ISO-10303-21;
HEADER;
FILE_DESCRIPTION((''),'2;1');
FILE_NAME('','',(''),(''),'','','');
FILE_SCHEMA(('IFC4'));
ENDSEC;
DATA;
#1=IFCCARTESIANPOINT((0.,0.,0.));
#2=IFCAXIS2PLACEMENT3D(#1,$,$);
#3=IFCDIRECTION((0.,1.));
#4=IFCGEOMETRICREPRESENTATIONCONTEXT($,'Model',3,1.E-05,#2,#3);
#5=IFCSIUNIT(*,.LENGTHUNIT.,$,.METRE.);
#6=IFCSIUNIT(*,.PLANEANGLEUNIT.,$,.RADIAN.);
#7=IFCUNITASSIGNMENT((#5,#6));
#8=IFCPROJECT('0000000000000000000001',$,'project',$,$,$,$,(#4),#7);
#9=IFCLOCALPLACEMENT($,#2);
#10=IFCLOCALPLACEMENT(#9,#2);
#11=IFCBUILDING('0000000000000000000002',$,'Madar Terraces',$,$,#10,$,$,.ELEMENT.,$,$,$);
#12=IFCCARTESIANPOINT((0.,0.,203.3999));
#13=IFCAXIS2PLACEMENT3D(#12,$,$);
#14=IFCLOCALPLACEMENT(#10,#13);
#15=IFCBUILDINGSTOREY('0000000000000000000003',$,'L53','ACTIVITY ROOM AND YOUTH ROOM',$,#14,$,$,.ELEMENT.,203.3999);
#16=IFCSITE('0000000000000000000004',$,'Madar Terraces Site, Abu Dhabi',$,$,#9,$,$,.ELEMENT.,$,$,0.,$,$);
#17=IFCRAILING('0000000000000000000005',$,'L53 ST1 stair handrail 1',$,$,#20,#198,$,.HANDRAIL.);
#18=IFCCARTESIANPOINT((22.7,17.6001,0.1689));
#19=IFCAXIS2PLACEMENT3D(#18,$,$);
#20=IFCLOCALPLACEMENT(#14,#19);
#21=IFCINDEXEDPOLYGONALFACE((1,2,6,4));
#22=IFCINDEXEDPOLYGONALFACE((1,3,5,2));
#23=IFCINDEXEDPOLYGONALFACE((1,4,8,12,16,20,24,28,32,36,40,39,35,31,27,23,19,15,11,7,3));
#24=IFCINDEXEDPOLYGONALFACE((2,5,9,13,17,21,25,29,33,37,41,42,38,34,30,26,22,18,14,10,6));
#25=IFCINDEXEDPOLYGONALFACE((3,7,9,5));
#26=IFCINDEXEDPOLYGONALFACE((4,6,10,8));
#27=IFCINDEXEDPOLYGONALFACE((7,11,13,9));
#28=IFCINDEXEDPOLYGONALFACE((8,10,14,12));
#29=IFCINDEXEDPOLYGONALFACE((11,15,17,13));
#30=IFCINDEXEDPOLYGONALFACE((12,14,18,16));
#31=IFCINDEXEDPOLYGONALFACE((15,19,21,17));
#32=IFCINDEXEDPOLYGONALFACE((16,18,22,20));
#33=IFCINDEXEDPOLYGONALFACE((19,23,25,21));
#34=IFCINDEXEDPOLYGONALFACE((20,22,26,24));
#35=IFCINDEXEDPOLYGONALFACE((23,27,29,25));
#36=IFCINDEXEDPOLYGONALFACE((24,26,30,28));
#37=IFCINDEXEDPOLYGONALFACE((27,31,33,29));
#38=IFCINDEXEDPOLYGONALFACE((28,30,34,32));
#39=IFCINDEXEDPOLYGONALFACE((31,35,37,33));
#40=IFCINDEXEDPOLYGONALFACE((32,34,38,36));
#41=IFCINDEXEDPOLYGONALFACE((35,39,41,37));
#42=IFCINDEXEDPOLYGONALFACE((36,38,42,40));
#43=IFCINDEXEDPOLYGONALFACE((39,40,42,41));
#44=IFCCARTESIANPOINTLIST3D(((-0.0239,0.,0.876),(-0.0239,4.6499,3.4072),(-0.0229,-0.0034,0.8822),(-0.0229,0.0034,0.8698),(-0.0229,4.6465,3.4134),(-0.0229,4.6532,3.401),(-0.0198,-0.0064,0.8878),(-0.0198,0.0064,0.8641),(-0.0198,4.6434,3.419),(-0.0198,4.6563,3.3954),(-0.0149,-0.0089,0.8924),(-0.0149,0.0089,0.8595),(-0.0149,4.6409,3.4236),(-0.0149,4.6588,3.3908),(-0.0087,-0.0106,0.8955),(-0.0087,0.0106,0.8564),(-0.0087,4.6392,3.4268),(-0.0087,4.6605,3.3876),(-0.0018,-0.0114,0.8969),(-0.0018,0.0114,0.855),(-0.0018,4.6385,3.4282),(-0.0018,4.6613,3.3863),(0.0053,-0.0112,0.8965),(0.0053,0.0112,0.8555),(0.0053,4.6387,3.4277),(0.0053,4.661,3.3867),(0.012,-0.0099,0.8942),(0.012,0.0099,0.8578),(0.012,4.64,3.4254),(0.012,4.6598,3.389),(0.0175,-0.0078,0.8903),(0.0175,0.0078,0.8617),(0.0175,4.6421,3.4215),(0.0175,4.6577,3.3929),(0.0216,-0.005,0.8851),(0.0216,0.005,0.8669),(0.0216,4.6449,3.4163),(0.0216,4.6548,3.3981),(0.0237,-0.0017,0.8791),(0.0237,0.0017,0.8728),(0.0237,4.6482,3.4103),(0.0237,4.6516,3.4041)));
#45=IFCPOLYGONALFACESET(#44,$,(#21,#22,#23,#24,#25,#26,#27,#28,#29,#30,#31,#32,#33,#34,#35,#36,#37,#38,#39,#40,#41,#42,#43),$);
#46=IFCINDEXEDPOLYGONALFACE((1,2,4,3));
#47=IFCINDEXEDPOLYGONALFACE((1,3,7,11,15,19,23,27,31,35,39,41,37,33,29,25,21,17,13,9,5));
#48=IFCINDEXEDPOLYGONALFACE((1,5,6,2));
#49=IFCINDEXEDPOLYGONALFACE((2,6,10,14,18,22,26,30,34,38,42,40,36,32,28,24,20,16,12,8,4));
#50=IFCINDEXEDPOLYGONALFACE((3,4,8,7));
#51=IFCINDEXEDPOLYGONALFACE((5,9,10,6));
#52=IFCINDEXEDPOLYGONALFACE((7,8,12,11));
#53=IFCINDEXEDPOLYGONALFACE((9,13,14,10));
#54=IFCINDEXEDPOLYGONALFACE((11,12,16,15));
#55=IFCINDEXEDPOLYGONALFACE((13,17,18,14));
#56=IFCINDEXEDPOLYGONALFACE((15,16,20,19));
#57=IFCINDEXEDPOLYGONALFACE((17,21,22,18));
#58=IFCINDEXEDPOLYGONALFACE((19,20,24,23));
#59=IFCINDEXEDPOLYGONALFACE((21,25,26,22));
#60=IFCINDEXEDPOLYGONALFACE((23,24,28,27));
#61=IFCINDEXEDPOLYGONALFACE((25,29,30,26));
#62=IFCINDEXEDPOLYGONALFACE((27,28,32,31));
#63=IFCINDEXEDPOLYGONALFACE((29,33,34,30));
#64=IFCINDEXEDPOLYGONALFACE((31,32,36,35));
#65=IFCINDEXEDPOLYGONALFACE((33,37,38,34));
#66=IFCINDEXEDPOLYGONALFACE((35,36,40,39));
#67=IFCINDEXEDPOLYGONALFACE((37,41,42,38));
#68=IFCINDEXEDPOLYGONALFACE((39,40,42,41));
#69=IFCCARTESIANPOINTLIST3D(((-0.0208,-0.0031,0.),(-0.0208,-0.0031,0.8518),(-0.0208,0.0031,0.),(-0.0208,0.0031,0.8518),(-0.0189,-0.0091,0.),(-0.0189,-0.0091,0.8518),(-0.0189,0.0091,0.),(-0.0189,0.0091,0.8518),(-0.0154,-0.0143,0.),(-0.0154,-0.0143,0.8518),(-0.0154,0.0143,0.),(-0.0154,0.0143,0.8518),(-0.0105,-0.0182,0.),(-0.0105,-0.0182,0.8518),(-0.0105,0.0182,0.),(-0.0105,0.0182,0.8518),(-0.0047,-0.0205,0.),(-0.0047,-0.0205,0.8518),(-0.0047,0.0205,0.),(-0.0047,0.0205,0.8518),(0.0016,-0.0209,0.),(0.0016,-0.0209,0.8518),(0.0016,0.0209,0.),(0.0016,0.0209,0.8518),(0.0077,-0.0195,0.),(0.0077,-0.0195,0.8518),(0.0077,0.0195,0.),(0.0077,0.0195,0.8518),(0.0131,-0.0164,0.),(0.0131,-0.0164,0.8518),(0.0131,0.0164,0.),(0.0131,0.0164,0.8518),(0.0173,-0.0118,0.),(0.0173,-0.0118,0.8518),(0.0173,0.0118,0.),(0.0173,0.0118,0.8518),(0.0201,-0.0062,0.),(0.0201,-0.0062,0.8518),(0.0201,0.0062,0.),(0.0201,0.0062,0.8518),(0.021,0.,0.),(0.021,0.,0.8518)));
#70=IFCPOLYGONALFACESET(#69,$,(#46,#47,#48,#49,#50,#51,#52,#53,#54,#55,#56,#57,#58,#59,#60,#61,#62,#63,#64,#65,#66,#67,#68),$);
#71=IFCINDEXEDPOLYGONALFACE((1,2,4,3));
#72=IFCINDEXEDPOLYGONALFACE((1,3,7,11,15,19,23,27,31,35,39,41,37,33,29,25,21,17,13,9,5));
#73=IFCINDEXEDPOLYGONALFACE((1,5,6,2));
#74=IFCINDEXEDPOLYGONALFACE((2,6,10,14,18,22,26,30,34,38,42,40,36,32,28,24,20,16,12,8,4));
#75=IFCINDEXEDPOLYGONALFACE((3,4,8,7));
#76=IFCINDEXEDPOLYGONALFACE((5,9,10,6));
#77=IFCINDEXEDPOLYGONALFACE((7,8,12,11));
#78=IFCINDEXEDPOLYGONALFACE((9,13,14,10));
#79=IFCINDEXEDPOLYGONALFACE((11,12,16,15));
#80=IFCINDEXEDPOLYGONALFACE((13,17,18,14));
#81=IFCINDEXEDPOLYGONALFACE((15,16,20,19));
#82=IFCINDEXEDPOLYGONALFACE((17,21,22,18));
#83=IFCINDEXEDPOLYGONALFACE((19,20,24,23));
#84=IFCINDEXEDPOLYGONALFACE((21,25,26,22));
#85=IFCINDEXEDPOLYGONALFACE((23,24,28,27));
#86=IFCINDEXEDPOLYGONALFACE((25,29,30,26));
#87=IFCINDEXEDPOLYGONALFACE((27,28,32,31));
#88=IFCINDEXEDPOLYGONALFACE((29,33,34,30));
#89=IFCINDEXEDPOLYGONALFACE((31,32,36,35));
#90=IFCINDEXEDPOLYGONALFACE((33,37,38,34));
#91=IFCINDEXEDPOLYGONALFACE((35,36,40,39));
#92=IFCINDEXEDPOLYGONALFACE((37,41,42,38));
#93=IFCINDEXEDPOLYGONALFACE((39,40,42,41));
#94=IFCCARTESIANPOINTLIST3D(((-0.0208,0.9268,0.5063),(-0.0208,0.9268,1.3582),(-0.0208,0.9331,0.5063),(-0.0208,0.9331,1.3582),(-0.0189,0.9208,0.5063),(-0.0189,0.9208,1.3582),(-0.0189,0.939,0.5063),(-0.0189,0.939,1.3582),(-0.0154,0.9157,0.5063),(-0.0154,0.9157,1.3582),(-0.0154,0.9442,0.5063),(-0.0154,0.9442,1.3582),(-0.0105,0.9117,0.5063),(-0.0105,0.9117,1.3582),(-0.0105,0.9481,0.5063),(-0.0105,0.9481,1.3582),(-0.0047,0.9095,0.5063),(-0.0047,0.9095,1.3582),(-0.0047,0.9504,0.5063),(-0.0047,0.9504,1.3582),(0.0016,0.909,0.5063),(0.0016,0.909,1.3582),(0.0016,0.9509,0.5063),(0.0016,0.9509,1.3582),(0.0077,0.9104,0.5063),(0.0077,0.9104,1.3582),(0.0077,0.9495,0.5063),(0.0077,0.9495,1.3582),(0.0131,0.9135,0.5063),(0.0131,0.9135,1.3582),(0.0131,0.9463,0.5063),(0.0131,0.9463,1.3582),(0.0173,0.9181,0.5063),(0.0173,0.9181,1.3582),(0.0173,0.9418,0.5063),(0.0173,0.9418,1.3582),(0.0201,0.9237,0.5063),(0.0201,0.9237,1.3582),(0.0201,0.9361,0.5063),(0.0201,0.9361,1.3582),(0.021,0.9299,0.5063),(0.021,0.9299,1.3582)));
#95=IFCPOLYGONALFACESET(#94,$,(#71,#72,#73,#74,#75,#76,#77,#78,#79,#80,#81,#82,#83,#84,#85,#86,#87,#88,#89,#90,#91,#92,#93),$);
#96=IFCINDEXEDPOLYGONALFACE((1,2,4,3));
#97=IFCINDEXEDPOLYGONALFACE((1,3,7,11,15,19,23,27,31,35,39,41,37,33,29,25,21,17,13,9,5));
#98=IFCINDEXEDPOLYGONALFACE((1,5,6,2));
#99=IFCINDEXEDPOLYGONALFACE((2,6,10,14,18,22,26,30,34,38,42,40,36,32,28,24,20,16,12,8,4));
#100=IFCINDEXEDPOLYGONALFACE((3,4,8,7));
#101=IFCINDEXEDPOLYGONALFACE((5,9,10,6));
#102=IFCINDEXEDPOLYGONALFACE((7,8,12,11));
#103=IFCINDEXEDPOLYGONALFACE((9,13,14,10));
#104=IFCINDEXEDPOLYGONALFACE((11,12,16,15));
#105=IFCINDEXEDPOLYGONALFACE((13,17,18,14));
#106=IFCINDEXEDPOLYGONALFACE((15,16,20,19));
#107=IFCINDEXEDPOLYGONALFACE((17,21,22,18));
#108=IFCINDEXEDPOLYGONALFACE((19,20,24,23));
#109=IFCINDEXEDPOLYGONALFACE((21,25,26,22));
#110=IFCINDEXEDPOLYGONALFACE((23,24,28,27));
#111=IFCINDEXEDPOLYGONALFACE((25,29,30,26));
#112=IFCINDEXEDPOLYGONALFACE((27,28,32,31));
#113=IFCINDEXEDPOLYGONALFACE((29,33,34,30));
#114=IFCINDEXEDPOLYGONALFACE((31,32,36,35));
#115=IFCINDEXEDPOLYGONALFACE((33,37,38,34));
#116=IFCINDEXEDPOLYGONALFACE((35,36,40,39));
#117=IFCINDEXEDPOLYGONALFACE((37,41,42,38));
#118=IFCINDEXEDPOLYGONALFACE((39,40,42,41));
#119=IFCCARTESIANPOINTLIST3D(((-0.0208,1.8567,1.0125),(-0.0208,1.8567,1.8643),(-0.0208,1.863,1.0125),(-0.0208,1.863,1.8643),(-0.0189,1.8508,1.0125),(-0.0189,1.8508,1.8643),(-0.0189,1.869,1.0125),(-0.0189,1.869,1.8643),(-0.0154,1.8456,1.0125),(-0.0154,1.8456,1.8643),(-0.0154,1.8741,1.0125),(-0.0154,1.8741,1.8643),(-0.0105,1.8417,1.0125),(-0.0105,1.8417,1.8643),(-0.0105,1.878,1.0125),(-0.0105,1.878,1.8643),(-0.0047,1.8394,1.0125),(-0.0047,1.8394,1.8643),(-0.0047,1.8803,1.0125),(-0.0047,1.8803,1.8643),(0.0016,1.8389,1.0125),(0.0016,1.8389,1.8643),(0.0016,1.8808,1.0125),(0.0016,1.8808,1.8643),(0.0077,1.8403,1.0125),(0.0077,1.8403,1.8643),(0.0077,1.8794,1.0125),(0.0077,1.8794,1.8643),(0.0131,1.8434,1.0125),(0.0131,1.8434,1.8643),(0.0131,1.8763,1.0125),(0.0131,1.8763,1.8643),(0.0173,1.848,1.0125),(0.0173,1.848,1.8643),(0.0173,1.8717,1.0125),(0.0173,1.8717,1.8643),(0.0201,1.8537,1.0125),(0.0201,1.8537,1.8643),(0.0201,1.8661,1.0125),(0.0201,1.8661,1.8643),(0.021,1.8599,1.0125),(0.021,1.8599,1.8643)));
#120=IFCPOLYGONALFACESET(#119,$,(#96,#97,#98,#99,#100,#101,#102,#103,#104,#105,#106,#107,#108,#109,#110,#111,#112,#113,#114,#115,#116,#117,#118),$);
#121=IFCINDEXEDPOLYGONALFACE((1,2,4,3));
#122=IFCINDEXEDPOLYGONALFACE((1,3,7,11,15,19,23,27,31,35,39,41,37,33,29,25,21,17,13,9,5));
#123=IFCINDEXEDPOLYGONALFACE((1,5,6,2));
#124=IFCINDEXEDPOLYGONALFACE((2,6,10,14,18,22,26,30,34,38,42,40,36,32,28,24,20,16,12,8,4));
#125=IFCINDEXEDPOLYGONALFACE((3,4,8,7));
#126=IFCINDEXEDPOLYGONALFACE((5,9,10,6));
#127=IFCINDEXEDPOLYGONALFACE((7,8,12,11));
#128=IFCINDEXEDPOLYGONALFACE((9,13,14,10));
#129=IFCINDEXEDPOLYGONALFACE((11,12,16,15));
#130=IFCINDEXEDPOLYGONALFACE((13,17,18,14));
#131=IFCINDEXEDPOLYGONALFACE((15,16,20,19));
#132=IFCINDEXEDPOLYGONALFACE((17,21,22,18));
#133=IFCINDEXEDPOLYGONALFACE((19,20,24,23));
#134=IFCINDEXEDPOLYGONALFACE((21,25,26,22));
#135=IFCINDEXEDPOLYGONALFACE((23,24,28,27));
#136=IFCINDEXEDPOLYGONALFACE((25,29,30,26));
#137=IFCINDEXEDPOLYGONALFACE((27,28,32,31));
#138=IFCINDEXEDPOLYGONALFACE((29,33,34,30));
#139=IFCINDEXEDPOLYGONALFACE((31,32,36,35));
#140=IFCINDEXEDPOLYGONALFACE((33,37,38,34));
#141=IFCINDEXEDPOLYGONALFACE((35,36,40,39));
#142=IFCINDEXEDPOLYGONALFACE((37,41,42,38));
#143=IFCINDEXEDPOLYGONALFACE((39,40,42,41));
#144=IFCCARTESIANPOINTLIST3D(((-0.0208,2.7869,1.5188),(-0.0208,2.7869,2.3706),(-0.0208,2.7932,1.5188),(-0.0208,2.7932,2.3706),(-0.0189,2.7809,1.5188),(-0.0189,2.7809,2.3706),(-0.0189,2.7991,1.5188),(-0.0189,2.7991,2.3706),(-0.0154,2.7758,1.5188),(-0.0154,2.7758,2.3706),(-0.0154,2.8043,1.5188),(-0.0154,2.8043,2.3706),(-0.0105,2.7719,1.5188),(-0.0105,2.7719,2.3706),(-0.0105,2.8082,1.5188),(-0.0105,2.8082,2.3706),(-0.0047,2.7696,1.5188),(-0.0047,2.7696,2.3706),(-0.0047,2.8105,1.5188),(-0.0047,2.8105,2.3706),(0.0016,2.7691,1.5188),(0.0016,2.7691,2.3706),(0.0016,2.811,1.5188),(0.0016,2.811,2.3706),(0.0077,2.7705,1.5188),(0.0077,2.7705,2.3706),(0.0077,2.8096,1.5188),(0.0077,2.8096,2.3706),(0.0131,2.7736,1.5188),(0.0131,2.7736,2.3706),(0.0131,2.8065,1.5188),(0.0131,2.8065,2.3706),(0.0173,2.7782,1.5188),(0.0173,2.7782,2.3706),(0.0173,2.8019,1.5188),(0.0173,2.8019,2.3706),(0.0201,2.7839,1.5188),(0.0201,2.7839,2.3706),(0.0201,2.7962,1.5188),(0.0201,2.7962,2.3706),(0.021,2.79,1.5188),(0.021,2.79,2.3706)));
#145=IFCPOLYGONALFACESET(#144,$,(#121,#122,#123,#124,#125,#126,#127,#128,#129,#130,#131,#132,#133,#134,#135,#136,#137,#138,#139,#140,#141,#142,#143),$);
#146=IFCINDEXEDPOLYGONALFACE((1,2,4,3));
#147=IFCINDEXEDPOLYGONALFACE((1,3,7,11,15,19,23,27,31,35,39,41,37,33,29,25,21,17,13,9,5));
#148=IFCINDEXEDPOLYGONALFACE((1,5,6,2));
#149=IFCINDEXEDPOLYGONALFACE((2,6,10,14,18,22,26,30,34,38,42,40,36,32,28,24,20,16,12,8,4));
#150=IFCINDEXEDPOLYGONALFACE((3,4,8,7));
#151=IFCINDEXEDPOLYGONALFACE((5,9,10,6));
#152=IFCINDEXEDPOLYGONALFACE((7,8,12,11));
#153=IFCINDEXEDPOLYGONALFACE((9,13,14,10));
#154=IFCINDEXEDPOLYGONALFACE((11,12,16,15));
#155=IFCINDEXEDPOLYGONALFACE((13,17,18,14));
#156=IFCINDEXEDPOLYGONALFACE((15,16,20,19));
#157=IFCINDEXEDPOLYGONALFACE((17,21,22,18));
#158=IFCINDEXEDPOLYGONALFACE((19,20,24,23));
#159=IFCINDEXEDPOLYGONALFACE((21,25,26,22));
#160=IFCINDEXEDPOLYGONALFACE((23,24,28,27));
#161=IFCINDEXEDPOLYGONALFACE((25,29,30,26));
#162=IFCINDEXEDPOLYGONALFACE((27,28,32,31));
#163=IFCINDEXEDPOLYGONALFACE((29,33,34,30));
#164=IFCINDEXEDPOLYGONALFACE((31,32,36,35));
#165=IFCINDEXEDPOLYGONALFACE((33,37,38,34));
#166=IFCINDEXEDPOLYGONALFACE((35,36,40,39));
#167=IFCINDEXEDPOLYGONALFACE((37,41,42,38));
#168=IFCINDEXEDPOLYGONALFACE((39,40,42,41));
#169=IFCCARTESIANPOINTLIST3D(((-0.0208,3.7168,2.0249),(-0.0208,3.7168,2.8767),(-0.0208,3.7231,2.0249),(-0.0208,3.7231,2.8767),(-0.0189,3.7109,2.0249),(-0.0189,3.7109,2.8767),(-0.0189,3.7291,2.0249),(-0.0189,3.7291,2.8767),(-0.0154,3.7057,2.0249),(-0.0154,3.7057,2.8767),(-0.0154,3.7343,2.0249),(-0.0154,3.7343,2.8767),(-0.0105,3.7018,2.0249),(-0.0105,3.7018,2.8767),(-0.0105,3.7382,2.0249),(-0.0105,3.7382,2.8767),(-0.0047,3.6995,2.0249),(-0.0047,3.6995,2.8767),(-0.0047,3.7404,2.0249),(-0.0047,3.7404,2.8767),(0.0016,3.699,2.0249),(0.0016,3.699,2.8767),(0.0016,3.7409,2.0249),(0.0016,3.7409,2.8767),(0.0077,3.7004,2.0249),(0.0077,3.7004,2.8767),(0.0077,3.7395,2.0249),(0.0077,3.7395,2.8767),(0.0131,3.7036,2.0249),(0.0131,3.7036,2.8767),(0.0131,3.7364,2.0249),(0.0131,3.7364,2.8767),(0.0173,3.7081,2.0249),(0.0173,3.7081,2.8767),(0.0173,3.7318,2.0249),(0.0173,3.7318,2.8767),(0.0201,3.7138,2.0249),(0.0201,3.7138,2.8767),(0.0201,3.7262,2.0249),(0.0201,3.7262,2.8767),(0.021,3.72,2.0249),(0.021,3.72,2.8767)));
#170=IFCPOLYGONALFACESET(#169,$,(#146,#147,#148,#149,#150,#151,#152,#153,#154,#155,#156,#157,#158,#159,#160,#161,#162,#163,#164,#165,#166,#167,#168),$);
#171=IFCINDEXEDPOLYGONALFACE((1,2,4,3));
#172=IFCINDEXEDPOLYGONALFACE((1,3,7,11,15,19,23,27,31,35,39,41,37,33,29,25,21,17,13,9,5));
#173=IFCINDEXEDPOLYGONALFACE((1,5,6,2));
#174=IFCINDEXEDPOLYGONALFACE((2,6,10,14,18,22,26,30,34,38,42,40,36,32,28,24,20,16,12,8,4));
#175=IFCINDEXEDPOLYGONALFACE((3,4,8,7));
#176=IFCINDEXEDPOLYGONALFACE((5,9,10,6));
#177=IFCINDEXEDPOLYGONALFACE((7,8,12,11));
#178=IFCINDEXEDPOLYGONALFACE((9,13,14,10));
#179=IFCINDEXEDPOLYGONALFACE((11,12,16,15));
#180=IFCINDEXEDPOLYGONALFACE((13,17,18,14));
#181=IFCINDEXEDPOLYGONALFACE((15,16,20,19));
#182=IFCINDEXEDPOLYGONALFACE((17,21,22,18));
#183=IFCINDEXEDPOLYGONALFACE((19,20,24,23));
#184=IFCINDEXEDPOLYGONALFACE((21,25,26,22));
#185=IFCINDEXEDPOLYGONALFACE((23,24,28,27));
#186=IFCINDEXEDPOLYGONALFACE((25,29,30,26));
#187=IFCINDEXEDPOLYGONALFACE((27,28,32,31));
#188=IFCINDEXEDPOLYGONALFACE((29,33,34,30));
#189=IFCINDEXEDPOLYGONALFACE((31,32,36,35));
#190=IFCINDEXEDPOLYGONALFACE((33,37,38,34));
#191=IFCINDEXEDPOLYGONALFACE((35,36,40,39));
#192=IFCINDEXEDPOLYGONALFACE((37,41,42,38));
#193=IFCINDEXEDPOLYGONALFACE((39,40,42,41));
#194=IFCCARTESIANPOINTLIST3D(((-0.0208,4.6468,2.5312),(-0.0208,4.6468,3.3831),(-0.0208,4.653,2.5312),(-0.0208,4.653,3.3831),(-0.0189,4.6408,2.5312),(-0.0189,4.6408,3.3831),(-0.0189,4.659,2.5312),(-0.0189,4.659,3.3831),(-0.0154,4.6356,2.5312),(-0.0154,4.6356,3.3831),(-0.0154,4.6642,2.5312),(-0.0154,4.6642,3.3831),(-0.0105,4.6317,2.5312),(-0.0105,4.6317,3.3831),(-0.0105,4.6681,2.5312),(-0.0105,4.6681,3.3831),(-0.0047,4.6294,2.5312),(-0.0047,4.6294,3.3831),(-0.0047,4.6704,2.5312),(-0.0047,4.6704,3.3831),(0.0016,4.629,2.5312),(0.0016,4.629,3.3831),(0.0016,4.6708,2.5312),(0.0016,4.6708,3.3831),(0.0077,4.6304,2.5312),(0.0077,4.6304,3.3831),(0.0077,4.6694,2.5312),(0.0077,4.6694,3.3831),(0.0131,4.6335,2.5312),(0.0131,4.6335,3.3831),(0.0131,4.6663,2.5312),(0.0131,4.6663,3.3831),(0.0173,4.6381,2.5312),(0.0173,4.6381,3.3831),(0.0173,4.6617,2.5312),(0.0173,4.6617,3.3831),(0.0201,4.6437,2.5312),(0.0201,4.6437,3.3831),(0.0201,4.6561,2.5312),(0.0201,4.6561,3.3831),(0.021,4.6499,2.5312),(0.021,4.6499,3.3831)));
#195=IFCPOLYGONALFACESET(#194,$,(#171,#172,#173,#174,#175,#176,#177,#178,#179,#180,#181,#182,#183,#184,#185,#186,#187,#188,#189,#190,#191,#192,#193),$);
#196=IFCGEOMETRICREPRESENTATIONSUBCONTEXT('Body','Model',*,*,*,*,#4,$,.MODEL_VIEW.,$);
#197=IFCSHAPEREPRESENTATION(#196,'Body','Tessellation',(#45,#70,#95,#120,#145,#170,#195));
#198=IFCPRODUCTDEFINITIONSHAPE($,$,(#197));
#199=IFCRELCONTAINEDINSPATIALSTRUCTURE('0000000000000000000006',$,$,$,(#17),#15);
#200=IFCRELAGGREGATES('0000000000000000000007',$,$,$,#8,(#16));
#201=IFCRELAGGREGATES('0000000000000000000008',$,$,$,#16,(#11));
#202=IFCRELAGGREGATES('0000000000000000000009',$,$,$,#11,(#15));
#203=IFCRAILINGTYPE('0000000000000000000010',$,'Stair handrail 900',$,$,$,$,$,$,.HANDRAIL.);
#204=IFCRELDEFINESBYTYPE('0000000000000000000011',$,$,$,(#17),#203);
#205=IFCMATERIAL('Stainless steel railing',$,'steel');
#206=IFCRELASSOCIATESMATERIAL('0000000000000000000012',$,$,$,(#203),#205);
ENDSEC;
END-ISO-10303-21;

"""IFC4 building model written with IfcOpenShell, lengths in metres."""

from ifc_helpers import new_model, si_unit, direction, frame, origin, origin_2d, place, context, subcontext, project, spatial, circle, extrude, material, type_object, element, save


model = new_model("IFC4")

# Units and contexts
model_context = context("Model", 3, precision=1e-05, world=origin(), true_north=direction((0.0, 1.0)))
body_context = subcontext(model_context, "Body", "Model", "MODEL_VIEW")
ifc_project = project(units=[si_unit("LENGTHUNIT", "METRE"), si_unit("PLANEANGLEUNIT", "RADIAN")], contexts=[model_context])

# Site, building, storey
site_placement = place(None, origin())
site = spatial("IfcSite", under=ifc_project, at=site_placement, Name="Madar Terraces Site, Abu Dhabi", CompositionType="ELEMENT", RefElevation=0.0)
building_placement = place(site_placement, origin())
building = spatial("IfcBuilding", under=site, at=building_placement, Name="Madar Terraces", CompositionType="ELEMENT")
storey_placement = place(building_placement, frame((0.0, 0.0, 203.3999)))
storey = spatial("IfcBuildingStorey", under=building, at=storey_placement, Name="L53", Description="ACTIVITY ROOM AND YOUTH ROOM", CompositionType="ELEMENT", Elevation=203.3999)

# Railing
ifc_material_1 = material(Name="Stainless steel railing", Category="steel")
railing_type_1 = type_object("IfcRailingType", Name="Stair handrail 900", PredefinedType="HANDRAIL", material=ifc_material_1)
railing_1_placement = place(storey_placement, frame((22.7, 17.6001, 0.1689)))
element("IfcRailing", 1, at=railing_1_placement, inside=storey, type_object=railing_type_1, Name="L53 ST1 stair handrail 1", PredefinedType="HANDRAIL", context=body_context, shape_type="SweptSolid", body=[
    extrude(circle(Radius=0.0239, at=origin_2d()), frame((0.0, 0.0, 0.876), z_axis=(0.0, 0.878297, 0.478115), x_axis=(-1.0, 0.0, 0.0)), (0.0, 0.0, 1.0), 5.2942),
    extrude(circle(Radius=0.021, at=origin_2d()), origin(), (0.0, 0.0, 1.0), 0.8518),
    extrude(circle(Radius=0.021, at=origin_2d()), frame((0.0, 0.9299, 0.5063)), (0.0, 0.0, 1.0), 0.8518),
    extrude(circle(Radius=0.021, at=origin_2d()), frame((0.0, 1.8599, 1.0125)), (0.0, 0.0, 1.0), 0.8518),
    extrude(circle(Radius=0.021, at=origin_2d()), frame((0.0, 2.79, 1.5188)), (0.0, 0.0, 1.0), 0.8518),
    extrude(circle(Radius=0.021, at=origin_2d()), frame((0.0, 3.72, 2.0249)), (0.0, 0.0, 1.0), 0.8518),
    extrude(circle(Radius=0.021, at=origin_2d()), frame((0.0, 4.6499, 2.5312)), (0.0, 0.0, 1.0), 0.8518),
])

save(model, "model.ifc")
